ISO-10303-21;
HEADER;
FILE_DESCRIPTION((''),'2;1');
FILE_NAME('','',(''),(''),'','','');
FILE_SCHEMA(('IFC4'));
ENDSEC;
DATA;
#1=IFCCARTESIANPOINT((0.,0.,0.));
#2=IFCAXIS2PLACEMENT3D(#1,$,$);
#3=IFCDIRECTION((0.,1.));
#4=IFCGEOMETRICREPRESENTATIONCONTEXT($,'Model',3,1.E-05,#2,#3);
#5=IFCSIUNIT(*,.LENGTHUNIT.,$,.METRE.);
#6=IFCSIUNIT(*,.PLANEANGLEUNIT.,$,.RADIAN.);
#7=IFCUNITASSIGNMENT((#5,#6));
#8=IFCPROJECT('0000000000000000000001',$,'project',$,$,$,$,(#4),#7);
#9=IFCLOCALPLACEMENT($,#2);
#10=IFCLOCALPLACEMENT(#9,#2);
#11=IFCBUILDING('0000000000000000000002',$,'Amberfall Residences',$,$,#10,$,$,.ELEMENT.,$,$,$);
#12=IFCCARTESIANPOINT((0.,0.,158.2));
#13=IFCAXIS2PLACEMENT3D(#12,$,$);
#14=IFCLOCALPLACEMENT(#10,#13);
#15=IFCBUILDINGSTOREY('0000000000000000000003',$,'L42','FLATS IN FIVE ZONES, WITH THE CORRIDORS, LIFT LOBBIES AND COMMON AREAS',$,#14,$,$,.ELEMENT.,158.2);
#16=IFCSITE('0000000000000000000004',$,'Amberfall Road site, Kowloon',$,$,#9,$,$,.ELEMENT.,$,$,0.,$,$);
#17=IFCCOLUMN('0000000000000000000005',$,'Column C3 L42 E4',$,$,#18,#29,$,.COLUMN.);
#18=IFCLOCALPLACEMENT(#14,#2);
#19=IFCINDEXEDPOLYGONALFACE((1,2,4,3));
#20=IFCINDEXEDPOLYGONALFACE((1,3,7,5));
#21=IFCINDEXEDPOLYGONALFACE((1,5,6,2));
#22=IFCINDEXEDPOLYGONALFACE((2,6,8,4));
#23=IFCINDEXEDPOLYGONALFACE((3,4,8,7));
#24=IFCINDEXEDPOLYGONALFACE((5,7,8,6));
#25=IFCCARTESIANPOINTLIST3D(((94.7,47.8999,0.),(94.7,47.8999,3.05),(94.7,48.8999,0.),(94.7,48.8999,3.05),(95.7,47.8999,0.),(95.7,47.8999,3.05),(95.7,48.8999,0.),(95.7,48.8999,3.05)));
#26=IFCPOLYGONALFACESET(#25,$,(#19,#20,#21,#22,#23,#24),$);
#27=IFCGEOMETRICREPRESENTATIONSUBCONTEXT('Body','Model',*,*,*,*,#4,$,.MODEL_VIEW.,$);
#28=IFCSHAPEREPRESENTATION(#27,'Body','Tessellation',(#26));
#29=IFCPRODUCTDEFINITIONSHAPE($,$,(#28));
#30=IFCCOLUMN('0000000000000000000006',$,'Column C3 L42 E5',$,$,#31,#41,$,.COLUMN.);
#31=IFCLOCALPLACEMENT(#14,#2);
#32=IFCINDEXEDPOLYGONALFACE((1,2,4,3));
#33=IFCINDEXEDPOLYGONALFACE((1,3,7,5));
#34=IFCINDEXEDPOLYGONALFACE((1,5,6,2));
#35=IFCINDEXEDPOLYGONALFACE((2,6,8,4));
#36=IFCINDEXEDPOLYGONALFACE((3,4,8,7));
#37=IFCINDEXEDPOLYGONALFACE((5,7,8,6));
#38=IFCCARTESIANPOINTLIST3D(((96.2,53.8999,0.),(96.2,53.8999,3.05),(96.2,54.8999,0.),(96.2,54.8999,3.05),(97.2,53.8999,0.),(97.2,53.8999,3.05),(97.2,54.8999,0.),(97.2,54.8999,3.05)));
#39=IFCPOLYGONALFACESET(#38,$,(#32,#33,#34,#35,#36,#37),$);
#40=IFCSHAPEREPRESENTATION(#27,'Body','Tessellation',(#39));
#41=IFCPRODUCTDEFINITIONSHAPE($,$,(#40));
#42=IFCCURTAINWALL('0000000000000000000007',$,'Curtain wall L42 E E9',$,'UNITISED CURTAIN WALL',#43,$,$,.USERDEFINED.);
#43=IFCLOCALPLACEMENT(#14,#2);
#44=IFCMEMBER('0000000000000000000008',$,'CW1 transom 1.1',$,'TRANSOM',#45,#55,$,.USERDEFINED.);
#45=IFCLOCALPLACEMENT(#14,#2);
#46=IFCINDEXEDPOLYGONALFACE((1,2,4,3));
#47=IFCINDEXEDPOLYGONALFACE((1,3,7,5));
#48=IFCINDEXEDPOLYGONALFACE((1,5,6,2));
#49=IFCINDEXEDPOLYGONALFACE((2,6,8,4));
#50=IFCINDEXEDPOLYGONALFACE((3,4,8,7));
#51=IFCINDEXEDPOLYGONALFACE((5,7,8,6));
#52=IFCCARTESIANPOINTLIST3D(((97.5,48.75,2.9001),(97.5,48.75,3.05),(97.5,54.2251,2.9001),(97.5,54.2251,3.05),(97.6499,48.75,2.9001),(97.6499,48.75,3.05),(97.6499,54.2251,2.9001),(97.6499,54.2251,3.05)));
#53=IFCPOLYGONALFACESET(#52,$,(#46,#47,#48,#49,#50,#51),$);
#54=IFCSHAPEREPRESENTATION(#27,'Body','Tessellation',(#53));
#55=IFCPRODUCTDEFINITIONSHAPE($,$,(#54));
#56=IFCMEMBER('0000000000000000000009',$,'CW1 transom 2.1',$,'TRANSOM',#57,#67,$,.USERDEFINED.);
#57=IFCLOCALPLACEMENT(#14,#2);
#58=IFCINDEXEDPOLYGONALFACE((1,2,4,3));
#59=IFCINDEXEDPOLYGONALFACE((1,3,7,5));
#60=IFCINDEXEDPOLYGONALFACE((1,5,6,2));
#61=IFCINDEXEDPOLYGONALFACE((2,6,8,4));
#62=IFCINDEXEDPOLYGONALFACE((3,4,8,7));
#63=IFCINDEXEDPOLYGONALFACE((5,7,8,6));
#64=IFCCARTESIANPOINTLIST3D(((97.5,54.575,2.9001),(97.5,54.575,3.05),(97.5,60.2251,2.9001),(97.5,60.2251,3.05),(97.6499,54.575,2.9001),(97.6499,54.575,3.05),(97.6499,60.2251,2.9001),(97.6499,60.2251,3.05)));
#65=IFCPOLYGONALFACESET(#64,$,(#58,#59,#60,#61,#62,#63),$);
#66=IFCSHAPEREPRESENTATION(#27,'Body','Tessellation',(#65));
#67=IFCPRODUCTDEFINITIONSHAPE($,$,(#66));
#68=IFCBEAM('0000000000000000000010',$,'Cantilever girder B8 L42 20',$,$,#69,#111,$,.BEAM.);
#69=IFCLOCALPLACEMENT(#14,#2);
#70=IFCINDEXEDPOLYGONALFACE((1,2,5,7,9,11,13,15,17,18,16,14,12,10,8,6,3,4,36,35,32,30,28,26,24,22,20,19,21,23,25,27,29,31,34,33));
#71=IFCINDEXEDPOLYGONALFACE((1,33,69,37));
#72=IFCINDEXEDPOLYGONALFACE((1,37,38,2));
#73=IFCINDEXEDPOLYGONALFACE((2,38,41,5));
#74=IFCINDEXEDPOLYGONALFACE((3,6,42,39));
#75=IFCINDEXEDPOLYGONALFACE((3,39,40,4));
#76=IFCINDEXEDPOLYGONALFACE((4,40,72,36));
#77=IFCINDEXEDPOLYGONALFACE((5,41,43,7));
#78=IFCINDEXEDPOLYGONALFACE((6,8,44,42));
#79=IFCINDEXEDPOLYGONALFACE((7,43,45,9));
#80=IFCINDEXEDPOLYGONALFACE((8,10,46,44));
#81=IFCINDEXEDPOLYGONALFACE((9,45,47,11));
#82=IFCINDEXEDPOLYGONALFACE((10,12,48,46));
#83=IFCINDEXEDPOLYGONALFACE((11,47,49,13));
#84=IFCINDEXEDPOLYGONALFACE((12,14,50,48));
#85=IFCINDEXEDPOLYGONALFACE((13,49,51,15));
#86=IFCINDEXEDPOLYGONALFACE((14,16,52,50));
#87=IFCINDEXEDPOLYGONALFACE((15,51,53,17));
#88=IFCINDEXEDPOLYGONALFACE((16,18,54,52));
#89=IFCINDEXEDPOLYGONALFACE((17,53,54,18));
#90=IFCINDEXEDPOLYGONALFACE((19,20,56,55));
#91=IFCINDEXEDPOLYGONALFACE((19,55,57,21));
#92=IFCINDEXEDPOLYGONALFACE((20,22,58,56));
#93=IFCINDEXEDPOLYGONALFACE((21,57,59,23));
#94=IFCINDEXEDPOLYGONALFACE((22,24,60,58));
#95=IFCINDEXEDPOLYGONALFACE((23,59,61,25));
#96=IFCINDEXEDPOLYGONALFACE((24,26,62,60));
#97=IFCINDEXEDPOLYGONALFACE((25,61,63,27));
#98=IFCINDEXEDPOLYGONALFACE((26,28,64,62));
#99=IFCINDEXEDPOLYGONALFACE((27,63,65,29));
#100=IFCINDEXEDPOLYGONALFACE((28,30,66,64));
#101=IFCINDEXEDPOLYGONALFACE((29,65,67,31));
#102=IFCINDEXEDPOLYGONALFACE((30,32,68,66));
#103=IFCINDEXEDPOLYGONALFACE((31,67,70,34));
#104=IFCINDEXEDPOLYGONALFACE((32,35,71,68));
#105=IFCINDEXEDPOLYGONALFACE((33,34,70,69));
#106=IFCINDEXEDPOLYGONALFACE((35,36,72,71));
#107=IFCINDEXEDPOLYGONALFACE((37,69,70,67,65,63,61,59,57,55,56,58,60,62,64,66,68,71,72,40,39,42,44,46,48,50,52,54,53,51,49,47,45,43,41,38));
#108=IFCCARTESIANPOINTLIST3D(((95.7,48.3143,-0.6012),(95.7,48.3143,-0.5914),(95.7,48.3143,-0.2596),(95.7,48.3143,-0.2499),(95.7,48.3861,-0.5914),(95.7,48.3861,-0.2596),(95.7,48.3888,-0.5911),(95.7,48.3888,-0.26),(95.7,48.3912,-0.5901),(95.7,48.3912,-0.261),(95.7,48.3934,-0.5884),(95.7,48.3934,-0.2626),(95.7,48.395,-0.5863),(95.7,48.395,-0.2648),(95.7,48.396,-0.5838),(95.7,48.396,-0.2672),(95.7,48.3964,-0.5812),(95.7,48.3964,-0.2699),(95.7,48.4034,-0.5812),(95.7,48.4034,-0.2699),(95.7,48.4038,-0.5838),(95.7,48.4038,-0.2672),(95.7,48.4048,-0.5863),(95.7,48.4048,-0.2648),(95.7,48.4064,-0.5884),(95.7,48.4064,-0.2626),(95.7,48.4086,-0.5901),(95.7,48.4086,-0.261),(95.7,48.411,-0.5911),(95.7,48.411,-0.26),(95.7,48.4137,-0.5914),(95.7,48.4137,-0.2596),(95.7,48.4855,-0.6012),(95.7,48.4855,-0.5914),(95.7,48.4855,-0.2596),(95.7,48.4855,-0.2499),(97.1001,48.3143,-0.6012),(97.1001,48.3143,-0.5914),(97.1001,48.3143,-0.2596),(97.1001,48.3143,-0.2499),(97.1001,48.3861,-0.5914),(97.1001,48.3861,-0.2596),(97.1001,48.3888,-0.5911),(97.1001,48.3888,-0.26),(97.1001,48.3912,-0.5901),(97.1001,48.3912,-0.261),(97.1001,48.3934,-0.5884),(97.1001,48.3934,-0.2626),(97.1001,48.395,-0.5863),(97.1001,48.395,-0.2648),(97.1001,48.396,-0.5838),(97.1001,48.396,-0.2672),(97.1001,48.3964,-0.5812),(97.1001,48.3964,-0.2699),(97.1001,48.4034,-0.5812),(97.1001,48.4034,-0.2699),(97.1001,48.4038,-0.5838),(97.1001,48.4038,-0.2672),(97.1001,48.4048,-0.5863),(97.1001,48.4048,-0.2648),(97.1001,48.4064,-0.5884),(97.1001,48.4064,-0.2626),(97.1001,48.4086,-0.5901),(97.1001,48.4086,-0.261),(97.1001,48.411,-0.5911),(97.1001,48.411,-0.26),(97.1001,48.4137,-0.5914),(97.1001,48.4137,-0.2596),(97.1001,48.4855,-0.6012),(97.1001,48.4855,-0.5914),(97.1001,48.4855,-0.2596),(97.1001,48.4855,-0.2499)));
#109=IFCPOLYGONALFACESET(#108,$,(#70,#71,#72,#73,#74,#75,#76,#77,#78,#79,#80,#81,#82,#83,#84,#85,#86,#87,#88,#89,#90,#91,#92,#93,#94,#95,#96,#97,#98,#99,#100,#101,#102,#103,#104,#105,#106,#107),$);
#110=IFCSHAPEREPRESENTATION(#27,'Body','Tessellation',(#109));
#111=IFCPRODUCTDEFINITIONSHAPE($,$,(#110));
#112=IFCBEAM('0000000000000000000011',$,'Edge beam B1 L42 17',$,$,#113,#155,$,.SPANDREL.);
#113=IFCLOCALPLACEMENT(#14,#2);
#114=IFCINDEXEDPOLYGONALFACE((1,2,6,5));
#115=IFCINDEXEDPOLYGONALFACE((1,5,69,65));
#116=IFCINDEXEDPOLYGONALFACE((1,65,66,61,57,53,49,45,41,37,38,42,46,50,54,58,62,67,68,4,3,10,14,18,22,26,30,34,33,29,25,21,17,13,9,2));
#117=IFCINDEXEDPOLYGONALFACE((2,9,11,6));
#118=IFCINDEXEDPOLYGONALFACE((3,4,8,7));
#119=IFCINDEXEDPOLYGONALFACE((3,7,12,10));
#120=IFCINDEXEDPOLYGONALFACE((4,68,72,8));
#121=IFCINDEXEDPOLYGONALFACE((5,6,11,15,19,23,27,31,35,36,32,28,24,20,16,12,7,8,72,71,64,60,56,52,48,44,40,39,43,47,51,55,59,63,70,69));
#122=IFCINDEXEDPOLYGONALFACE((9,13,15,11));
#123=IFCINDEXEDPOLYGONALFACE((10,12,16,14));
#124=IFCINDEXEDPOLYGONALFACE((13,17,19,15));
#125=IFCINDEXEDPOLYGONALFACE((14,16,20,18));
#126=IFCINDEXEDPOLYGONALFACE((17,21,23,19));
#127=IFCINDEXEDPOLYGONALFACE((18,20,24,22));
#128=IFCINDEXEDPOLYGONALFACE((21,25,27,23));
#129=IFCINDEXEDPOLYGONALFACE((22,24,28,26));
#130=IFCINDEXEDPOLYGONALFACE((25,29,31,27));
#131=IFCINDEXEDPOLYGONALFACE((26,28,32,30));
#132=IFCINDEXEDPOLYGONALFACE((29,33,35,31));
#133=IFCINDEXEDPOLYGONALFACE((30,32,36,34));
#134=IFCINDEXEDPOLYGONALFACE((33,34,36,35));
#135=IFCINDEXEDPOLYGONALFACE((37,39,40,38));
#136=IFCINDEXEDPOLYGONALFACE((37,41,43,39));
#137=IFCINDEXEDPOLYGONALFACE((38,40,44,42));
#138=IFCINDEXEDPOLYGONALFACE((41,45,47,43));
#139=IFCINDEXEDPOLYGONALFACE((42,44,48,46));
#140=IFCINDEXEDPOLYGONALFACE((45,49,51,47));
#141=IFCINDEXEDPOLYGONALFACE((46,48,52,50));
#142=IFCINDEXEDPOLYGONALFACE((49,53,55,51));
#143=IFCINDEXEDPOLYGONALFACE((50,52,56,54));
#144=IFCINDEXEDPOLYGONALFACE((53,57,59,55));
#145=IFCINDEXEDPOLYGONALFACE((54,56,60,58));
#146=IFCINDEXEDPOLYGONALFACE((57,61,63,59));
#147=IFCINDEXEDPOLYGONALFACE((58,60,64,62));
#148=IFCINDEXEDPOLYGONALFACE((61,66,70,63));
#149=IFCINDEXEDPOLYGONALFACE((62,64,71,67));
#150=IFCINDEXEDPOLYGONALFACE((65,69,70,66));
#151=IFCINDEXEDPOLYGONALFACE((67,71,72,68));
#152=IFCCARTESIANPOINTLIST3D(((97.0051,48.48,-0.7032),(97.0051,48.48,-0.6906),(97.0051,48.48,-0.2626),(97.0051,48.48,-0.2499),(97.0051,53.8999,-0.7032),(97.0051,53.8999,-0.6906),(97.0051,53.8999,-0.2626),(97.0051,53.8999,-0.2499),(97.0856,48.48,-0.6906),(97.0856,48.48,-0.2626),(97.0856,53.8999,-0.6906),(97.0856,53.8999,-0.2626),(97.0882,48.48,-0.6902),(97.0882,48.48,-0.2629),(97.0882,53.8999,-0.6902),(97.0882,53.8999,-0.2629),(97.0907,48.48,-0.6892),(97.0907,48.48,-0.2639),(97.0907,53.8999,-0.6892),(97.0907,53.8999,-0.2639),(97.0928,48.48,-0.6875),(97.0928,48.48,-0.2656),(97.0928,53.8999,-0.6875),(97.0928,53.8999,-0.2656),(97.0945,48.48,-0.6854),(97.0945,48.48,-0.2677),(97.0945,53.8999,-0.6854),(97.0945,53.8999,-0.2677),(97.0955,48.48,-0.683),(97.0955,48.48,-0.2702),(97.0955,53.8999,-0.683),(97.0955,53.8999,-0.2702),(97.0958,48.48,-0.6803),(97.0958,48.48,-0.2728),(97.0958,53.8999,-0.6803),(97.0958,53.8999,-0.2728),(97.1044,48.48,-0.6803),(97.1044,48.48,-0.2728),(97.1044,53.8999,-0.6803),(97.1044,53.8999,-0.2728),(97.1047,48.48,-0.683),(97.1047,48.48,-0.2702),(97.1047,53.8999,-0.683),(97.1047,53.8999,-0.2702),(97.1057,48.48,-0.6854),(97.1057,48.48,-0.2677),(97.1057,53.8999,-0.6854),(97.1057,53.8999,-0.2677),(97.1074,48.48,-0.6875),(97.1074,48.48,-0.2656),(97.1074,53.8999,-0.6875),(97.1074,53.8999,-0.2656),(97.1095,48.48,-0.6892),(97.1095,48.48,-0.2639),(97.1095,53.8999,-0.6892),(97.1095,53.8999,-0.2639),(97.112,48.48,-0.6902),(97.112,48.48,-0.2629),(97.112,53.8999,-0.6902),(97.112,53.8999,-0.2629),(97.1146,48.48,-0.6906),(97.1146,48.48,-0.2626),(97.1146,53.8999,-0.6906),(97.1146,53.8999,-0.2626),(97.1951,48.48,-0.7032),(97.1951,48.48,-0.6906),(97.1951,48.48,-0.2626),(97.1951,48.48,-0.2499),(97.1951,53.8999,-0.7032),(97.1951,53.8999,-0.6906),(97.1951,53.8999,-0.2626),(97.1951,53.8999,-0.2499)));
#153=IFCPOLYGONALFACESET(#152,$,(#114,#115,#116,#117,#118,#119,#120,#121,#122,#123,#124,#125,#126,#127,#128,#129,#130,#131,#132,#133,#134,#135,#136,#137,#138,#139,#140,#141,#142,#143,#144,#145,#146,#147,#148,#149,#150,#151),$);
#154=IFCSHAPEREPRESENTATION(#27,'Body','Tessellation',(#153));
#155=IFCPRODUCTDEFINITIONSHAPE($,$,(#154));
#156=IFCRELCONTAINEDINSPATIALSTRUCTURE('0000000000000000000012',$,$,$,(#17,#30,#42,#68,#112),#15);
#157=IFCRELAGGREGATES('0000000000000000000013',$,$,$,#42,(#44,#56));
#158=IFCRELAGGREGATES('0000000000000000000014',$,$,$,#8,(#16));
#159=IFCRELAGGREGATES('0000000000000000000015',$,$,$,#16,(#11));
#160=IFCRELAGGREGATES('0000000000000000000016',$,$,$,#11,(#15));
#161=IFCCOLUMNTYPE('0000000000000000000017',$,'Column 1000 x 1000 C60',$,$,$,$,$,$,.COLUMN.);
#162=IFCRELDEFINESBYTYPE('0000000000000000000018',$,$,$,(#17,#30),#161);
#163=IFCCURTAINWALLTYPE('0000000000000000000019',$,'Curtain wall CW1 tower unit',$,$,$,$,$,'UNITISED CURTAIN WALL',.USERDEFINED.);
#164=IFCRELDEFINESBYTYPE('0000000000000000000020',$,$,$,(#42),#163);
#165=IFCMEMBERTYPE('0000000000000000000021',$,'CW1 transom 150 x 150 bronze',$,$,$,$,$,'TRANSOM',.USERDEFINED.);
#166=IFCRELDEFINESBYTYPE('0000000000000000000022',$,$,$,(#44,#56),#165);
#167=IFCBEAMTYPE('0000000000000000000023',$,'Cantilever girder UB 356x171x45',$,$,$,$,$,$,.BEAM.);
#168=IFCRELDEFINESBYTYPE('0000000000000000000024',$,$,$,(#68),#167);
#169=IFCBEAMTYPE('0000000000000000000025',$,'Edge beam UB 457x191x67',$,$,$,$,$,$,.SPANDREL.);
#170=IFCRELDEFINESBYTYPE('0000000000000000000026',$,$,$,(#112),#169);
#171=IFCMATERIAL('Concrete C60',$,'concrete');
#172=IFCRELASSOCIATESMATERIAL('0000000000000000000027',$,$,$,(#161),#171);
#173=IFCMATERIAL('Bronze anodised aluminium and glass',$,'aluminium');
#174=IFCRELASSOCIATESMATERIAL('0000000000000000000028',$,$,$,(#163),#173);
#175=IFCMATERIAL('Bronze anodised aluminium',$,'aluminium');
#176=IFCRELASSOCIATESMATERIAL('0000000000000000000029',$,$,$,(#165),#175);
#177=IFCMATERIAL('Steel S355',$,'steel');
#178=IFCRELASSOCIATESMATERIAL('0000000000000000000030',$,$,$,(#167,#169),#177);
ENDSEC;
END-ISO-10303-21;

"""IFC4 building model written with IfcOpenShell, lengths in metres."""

from ifc_helpers import new_model, si_unit, direction, frame, origin, origin_2d, place, context, subcontext, project, spatial, rectangle, i_section, extrude, material, material_profile, profile_set, type_object, element, aggregate, save


model = new_model("IFC4")

# Units and contexts
model_context = context("Model", 3, precision=1e-05, world=origin(), true_north=direction((0.0, 1.0)))
body_context = subcontext(model_context, "Body", "Model", "MODEL_VIEW")
ifc_project = project(units=[si_unit("LENGTHUNIT", "METRE"), si_unit("PLANEANGLEUNIT", "RADIAN")], contexts=[model_context])

# Site, building, storey
site_placement = place(None, origin())
site = spatial("IfcSite", under=ifc_project, at=site_placement, Name="Amberfall Road site, Kowloon", CompositionType="ELEMENT", RefElevation=0.0)
building_placement = place(site_placement, origin())
building = spatial("IfcBuilding", under=site, at=building_placement, Name="Amberfall Residences", CompositionType="ELEMENT")
storey_placement = place(building_placement, frame((0.0, 0.0, 158.2)))
storey = spatial("IfcBuildingStorey", under=building, at=storey_placement, Name="L42", Description="FLATS IN FIVE ZONES, WITH THE CORRIDORS, LIFT LOBBIES AND COMMON AREAS", CompositionType="ELEMENT", Elevation=158.2)

# Columns
ifc_material_1 = material(Name="Concrete C60", Category="concrete")
ifc_material_profile_1 = material_profile(ifc_material_1, rectangle(XDim=1.0, YDim=1.0, at=origin_2d()), Name="Column 1000 x 1000 C60")
ifc_profile_set_1 = profile_set([ifc_material_profile_1], Name="Concrete C60")
column_type = type_object("IfcColumnType", Name="Column 1000 x 1000 C60", PredefinedType="COLUMN", material=ifc_profile_set_1)
for number, where, z_axis, x_axis, name in (
    (1, (95.2, 48.3999, 0.0), (0.0, 0.0, 1.0), (1.0, 0.0, 0.0), "Column C3 L42 E4"),
    (2, (96.7, 54.3999, 0.0), (0.0, 0.0, 1.0), (1.0, 0.0, 0.0), "Column C3 L42 E5"),
):
    element("IfcColumn", number, at=place(storey_placement, frame(where, z_axis=z_axis, x_axis=x_axis)), inside=storey, type_object=column_type, Name=name, PredefinedType="COLUMN", context=body_context, shape_type="SweptSolid", body=[
        extrude(rectangle(XDim=1.0, YDim=1.0, at=origin_2d()), origin(), (0.0, 0.0, 1.0), 3.05),
    ])

# Curtain wall, members
ifc_material_2 = material(Name="Bronze anodised aluminium and glass", Category="aluminium")
curtain_wall_type = type_object("IfcCurtainWallType", Name="Curtain wall CW1 tower unit", ElementType="UNITISED CURTAIN WALL", PredefinedType="USERDEFINED", material=ifc_material_2)
curtain_wall_placement = place(storey_placement, origin())
curtain_wall = element("IfcCurtainWall", 3, at=curtain_wall_placement, inside=storey, type_object=curtain_wall_type, Name="Curtain wall L42 E E9", ObjectType="UNITISED CURTAIN WALL", PredefinedType="USERDEFINED")
ifc_material_3 = material(Name="Bronze anodised aluminium", Category="aluminium")
ifc_material_profile_2 = material_profile(ifc_material_3, rectangle(XDim=0.1499, YDim=0.1499, at=origin_2d()), Name="CW1 transom 150 x 150 bronze")
ifc_profile_set_2 = profile_set([ifc_material_profile_2], Name="Bronze anodised aluminium")
member_type_1 = type_object("IfcMemberType", Name="CW1 transom 150 x 150 bronze", ElementType="TRANSOM", PredefinedType="USERDEFINED", material=ifc_profile_set_2)
member_1_placement = place(storey_placement, frame((97.575, 48.75, 2.9751), z_axis=(0.0, 1.0, 0.0), x_axis=(-1.0, 0.0, 0.0)))
member_1 = element("IfcMember", 4, at=member_1_placement, type_object=member_type_1, Name="CW1 transom 1.1", ObjectType="TRANSOM", PredefinedType="USERDEFINED", context=body_context, shape_type="SweptSolid", body=[
    extrude(rectangle(XDim=0.1499, YDim=0.1499, at=origin_2d()), origin(), (0.0, 0.0, 1.0), 5.4751),
])
member_2_placement = place(storey_placement, frame((97.575, 54.575, 2.9751), z_axis=(0.0, 1.0, 0.0), x_axis=(-1.0, 0.0, 0.0)))
member_2 = element("IfcMember", 5, at=member_2_placement, type_object=member_type_1, Name="CW1 transom 2.1", ObjectType="TRANSOM", PredefinedType="USERDEFINED", context=body_context, shape_type="SweptSolid", body=[
    extrude(rectangle(XDim=0.1499, YDim=0.1499, at=origin_2d()), origin(), (0.0, 0.0, 1.0), 5.6501),
])

# Beams
ifc_material_4 = material(Name="Steel S355", Category="steel")
ifc_material_profile_3 = material_profile(ifc_material_4, i_section(OverallWidth=0.1711, OverallDepth=0.3513, WebThickness=0.0071, FlangeThickness=0.0098, FilletRadius=0.0103, at=origin_2d()), Name="UB 356x171x45")
ifc_profile_set_3 = profile_set([ifc_material_profile_3], Name="Steel S355")
beam_type_1 = type_object("IfcBeamType", Name="Cantilever girder UB 356x171x45", PredefinedType="BEAM", material=ifc_profile_set_3)
beam_1_placement = place(storey_placement, frame((95.7, 48.3999, -0.4255), z_axis=(1.0, 0.0, 0.0), x_axis=(0.0, 1.0, 0.0)))
element("IfcBeam", 6, at=beam_1_placement, inside=storey, type_object=beam_type_1, Name="Cantilever girder B8 L42 20", PredefinedType="BEAM", context=body_context, shape_type="SweptSolid", body=[
    extrude(i_section(OverallWidth=0.1711, OverallDepth=0.3513, WebThickness=0.0071, FlangeThickness=0.0098, FilletRadius=0.0103, at=origin_2d()), origin(), (0.0, 0.0, 1.0), 1.4001),
])
ifc_material_profile_4 = material_profile(ifc_material_4, i_section(OverallWidth=0.1899, OverallDepth=0.4534, WebThickness=0.0085, FlangeThickness=0.0127, FilletRadius=0.0103, at=origin_2d()), Name="UB 457x191x67")
ifc_profile_set_4 = profile_set([ifc_material_profile_4], Name="Steel S355")
beam_type_2 = type_object("IfcBeamType", Name="Edge beam UB 457x191x67", PredefinedType="SPANDREL", material=ifc_profile_set_4)
beam_2_placement = place(storey_placement, frame((97.1001, 48.48, -0.4766), z_axis=(0.0, 1.0, 0.0), x_axis=(-1.0, 0.0, 0.0)))
element("IfcBeam", 7, at=beam_2_placement, inside=storey, type_object=beam_type_2, Name="Edge beam B1 L42 17", PredefinedType="SPANDREL", context=body_context, shape_type="SweptSolid", body=[
    extrude(i_section(OverallWidth=0.1899, OverallDepth=0.4534, WebThickness=0.0085, FlangeThickness=0.0127, FilletRadius=0.0103, at=origin_2d()), origin(), (0.0, 0.0, 1.0), 5.4199),
])

aggregate(curtain_wall, [member_1, member_2])

save(model, "model.ifc")
